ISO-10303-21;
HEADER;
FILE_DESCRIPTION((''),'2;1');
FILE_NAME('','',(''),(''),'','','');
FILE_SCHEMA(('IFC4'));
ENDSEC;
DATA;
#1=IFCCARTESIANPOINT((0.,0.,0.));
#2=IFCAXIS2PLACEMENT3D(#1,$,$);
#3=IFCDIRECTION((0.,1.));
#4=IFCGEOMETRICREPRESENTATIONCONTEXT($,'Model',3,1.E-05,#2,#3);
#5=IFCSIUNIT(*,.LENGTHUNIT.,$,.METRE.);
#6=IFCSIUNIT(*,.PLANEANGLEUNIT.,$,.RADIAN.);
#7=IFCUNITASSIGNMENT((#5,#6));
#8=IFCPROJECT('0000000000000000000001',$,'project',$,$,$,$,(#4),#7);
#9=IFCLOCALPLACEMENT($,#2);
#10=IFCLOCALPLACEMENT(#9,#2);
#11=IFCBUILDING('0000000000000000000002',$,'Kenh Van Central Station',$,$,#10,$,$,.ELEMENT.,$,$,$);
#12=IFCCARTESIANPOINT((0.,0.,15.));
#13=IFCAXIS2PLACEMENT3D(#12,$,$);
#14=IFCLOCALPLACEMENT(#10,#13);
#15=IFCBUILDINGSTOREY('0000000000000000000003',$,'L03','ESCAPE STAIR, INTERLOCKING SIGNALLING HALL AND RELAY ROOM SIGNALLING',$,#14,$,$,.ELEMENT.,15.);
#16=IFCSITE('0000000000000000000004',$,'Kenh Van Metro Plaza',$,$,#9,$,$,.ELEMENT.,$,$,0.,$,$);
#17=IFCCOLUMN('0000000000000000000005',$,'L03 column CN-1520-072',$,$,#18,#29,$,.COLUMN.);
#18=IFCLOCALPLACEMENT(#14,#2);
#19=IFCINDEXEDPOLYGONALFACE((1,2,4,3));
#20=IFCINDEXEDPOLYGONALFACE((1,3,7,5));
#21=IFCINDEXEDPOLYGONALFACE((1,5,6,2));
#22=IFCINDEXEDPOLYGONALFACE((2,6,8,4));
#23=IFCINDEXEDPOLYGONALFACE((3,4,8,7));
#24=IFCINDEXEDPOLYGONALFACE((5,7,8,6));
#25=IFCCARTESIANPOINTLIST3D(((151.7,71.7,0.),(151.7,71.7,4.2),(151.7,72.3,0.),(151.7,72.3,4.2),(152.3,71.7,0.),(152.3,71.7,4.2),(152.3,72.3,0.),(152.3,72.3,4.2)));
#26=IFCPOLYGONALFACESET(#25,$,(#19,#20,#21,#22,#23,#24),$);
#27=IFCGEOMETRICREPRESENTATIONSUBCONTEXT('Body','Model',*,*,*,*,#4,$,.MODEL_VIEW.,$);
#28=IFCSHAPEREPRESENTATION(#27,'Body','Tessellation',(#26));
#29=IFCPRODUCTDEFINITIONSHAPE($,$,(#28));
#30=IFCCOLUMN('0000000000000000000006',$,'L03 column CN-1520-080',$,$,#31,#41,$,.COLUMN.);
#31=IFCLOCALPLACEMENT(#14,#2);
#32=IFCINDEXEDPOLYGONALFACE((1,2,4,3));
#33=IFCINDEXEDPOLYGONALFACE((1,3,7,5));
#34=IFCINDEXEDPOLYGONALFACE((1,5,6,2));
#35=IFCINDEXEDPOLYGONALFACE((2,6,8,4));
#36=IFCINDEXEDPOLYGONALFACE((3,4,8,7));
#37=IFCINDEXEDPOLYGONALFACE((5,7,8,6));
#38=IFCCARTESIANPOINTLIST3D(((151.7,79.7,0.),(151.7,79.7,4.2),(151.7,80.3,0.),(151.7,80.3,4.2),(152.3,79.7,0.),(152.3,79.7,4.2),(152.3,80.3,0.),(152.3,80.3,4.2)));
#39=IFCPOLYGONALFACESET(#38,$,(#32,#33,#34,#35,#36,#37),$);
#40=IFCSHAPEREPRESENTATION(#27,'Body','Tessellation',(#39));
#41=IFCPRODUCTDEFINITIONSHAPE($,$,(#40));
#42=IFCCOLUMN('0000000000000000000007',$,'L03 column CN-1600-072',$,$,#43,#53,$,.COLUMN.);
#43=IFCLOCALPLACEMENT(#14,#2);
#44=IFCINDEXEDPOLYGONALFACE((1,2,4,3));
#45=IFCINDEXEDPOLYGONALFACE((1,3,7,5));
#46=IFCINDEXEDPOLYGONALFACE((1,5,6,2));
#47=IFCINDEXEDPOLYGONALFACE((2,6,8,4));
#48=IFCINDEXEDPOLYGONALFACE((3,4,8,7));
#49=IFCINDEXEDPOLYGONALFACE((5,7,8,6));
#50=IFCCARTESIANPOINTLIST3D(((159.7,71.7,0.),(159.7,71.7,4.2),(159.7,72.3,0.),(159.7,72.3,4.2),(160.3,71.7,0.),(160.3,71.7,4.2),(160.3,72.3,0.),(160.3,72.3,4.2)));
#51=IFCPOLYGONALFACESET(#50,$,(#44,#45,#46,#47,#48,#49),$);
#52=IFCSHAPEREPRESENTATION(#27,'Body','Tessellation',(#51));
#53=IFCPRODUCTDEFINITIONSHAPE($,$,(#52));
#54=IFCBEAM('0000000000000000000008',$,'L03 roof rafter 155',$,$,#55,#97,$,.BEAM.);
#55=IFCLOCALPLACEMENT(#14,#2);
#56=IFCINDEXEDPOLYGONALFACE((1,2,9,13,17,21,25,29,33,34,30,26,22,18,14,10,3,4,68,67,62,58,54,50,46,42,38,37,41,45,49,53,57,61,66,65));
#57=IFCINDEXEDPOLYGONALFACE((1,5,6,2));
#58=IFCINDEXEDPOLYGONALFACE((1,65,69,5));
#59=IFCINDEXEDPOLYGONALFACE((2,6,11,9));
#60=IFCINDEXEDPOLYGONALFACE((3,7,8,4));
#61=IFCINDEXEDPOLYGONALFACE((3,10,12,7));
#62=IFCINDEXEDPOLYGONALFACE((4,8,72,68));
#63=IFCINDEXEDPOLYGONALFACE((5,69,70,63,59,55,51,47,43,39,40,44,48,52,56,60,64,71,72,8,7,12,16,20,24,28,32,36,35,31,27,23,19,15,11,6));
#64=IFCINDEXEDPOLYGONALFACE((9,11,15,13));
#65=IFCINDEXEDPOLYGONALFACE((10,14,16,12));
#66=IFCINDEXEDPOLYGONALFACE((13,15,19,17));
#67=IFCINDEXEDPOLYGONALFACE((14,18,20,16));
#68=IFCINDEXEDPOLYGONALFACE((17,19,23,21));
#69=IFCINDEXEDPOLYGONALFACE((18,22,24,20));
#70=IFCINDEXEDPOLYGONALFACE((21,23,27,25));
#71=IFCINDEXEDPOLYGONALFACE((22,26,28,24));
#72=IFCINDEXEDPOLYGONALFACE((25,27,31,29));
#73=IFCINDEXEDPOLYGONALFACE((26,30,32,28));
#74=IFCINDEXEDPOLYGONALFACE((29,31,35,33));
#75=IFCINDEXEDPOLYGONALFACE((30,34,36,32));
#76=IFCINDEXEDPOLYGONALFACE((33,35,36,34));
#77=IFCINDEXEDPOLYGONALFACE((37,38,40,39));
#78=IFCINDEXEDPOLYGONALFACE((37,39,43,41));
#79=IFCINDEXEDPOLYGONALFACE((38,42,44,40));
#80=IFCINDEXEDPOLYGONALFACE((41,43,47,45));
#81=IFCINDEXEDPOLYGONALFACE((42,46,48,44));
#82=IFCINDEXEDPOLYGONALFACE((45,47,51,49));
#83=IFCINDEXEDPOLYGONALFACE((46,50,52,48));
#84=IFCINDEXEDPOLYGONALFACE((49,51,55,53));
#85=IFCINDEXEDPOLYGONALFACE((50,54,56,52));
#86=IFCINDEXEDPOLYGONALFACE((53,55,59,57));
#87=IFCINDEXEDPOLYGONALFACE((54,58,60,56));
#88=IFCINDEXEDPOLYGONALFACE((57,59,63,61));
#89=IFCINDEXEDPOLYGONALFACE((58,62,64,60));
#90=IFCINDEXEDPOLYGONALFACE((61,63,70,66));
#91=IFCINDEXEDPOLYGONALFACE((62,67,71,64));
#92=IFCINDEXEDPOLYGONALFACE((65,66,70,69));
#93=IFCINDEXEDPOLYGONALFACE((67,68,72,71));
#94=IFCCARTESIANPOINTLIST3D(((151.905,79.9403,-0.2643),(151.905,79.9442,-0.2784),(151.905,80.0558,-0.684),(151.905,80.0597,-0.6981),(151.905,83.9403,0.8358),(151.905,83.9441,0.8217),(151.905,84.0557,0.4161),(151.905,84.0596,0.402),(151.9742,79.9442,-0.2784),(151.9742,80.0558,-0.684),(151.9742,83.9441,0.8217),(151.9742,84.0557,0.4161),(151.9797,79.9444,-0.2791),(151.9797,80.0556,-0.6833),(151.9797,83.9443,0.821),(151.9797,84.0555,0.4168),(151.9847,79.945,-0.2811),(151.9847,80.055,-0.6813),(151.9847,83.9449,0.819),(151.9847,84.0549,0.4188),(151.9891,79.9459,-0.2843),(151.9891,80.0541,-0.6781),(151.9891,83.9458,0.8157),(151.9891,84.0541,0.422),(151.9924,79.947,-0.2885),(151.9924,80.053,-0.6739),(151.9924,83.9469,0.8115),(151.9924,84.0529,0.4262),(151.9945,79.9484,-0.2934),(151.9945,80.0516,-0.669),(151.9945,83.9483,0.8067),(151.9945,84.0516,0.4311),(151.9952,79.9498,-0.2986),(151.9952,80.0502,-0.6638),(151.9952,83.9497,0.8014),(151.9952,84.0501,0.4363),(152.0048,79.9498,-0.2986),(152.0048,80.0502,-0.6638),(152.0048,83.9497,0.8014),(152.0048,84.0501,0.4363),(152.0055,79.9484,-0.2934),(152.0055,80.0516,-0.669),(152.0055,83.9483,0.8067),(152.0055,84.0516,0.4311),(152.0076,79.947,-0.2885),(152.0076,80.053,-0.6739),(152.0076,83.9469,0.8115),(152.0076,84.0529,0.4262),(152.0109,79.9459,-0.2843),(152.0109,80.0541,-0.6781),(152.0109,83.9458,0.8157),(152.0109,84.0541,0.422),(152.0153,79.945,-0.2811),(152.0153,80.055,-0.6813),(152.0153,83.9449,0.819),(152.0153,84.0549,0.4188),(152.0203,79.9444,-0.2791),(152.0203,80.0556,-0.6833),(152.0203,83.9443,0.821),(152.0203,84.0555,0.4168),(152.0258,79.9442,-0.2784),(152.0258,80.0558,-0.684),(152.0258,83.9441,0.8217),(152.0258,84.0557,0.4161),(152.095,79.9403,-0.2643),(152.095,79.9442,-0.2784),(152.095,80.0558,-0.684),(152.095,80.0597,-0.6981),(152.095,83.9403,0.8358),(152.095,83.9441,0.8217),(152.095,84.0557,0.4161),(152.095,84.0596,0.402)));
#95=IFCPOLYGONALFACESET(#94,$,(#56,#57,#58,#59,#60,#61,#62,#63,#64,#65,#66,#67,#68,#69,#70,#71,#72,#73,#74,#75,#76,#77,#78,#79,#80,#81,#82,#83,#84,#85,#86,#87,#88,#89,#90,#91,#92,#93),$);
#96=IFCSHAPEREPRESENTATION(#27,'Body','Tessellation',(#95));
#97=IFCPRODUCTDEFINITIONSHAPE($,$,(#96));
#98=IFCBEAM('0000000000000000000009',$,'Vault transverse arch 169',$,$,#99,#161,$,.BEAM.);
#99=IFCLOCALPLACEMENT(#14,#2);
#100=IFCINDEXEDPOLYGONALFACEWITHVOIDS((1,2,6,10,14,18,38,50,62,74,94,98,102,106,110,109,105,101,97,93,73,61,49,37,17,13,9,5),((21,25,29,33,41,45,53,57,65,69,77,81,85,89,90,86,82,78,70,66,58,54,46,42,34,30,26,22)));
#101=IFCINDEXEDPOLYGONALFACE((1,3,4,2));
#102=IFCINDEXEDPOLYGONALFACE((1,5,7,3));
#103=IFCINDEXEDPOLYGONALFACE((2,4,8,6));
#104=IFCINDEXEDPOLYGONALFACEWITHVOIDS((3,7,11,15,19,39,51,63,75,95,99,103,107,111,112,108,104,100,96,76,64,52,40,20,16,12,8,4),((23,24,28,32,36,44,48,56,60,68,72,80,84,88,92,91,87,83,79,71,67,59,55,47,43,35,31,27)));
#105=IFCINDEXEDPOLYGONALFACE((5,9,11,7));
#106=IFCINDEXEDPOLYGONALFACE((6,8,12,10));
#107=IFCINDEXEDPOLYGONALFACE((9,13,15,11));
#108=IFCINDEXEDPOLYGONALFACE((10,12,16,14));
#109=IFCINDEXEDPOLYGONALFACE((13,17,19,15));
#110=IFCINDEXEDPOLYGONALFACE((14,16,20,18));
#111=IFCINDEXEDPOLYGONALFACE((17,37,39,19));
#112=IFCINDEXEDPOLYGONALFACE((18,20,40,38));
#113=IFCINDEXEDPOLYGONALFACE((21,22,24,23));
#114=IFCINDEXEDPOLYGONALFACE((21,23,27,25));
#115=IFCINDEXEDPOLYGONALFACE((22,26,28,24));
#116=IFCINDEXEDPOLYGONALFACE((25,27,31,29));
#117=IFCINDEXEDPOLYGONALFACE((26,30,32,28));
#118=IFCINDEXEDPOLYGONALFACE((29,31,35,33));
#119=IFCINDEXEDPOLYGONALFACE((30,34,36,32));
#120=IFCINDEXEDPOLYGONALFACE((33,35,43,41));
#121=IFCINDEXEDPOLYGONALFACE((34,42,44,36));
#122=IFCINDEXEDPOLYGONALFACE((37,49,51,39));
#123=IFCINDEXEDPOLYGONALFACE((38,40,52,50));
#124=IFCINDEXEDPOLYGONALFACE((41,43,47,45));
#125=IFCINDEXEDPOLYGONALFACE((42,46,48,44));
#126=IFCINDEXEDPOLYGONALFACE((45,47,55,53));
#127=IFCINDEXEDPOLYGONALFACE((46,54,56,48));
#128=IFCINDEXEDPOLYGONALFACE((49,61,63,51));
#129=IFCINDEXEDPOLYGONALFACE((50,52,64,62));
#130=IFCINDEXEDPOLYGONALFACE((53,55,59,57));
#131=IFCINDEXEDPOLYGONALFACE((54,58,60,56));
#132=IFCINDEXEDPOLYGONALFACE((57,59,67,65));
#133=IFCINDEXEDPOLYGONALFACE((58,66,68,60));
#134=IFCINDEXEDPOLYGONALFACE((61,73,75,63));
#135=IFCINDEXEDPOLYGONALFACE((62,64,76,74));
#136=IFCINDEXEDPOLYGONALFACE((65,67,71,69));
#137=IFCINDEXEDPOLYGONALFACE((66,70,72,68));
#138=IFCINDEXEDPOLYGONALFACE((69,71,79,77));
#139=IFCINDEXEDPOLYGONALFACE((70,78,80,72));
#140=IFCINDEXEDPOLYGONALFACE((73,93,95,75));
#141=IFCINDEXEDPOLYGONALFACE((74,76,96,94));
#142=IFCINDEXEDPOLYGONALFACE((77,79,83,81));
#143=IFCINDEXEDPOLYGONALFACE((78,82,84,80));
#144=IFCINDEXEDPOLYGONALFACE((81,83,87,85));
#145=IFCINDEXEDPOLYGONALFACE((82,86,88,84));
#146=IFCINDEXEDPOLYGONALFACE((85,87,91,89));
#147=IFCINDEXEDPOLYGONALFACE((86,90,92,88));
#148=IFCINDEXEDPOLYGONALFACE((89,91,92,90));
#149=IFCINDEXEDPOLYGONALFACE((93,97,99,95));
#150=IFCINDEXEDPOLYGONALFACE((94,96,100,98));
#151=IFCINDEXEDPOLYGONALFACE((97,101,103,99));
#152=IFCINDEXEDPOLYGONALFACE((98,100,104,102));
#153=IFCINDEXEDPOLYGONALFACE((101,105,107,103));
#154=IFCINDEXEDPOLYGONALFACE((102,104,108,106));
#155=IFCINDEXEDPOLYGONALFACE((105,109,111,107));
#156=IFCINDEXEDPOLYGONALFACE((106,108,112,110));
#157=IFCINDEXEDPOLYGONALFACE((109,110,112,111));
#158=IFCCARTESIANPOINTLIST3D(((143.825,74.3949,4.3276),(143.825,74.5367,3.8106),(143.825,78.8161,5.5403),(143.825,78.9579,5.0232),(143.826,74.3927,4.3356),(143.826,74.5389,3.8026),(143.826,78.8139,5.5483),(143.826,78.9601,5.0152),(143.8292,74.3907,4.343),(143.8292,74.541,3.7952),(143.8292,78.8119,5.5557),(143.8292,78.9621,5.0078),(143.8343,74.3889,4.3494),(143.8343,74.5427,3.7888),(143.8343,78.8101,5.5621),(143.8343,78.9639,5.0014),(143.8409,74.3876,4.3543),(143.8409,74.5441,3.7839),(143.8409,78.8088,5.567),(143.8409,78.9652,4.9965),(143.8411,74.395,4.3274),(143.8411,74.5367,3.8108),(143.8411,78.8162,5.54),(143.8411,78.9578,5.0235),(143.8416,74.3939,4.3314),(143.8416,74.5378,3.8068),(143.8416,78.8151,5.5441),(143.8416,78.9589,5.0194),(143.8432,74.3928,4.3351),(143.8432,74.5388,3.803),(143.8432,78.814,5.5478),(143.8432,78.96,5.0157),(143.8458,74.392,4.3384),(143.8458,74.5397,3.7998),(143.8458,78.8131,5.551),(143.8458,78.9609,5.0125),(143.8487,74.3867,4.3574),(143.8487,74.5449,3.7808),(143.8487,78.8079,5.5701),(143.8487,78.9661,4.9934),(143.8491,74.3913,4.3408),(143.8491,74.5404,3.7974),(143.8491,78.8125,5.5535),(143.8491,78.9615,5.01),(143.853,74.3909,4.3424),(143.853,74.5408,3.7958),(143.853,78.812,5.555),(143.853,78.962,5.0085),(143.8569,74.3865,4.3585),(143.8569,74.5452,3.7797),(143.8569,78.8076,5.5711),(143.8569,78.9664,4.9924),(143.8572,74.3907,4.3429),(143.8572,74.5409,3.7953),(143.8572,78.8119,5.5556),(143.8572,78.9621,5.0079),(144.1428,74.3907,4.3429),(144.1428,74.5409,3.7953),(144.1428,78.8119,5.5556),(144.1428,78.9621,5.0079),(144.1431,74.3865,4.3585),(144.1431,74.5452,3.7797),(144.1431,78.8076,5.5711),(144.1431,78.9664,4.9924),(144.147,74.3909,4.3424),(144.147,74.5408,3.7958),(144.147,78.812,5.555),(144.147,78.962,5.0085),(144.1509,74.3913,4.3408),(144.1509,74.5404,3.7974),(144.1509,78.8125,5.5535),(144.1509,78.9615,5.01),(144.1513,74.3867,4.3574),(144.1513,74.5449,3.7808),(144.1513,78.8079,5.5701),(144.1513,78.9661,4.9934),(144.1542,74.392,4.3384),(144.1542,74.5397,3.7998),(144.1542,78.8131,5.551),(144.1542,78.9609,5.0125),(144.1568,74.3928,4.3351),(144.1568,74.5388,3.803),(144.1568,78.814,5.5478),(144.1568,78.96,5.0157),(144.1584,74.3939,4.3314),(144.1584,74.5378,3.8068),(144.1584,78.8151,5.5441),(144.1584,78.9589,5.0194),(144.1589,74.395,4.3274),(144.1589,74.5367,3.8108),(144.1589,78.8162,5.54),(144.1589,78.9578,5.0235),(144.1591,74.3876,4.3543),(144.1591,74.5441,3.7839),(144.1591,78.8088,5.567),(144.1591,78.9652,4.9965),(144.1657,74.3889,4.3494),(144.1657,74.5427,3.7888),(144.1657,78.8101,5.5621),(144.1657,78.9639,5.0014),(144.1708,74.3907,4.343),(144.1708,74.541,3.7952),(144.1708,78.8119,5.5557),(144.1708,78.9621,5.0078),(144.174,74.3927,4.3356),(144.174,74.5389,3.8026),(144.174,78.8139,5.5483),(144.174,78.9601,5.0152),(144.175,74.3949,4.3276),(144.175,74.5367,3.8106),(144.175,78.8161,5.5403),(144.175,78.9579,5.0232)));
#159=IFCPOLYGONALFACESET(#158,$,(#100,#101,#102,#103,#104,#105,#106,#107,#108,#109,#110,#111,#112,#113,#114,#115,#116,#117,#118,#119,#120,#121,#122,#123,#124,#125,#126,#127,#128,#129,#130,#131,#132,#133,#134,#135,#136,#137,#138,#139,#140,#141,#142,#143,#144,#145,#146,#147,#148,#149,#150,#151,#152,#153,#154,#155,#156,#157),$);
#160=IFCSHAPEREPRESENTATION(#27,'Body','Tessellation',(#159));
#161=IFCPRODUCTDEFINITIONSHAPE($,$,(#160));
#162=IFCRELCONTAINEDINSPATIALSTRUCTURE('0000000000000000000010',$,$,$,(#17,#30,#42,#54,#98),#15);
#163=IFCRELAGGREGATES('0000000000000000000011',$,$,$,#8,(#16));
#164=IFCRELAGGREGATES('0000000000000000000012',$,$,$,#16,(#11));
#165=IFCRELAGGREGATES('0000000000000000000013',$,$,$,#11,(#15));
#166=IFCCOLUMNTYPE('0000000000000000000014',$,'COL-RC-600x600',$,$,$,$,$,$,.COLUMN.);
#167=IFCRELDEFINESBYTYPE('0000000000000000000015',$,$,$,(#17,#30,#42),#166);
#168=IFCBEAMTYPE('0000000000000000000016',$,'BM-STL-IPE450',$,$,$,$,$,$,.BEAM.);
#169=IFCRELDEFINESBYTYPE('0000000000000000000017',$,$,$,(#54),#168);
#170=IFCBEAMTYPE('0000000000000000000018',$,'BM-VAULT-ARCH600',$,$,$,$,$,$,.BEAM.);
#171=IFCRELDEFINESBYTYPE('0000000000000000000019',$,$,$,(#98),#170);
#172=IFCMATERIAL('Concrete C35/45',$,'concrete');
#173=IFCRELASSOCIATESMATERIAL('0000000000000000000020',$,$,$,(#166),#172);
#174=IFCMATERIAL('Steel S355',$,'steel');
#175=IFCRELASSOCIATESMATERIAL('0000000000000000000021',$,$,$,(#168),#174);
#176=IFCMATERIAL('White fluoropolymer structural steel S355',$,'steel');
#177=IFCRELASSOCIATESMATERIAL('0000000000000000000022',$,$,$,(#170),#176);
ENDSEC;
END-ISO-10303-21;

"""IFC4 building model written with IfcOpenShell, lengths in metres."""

from ifc_helpers import new_model, si_unit, direction, frame, origin, origin_2d, place, context, subcontext, project, spatial, rectangle, hollow_rectangle, i_section, extrude, material, material_profile, profile_set, type_object, element, save


model = new_model("IFC4")

# Units and contexts
model_context = context("Model", 3, precision=1e-05, world=origin(), true_north=direction((0.0, 1.0)))
body_context = subcontext(model_context, "Body", "Model", "MODEL_VIEW")
ifc_project = project(units=[si_unit("LENGTHUNIT", "METRE"), si_unit("PLANEANGLEUNIT", "RADIAN")], contexts=[model_context])

# Site, building, storey
site_placement = place(None, origin())
site = spatial("IfcSite", under=ifc_project, at=site_placement, Name="Kenh Van Metro Plaza", CompositionType="ELEMENT", RefElevation=0.0)
building_placement = place(site_placement, origin())
building = spatial("IfcBuilding", under=site, at=building_placement, Name="Kenh Van Central Station", CompositionType="ELEMENT")
storey_placement = place(building_placement, frame((0.0, 0.0, 15.0)))
storey = spatial("IfcBuildingStorey", under=building, at=storey_placement, Name="L03", Description="ESCAPE STAIR, INTERLOCKING SIGNALLING HALL AND RELAY ROOM SIGNALLING", CompositionType="ELEMENT", Elevation=15.0)

# Columns
ifc_material_1 = material(Name="Concrete C35/45", Category="concrete")
ifc_material_profile_1 = material_profile(ifc_material_1, rectangle(XDim=0.6001, YDim=0.6001, at=origin_2d()), Name="RC 600x600")
ifc_profile_set_1 = profile_set([ifc_material_profile_1], Name="Concrete C35/45")
column_type = type_object("IfcColumnType", Name="COL-RC-600x600", PredefinedType="COLUMN", material=ifc_profile_set_1)
for number, where, z_axis, x_axis, name in (
    (1, (152.0, 72.0, 0.0), (0.0, 0.0, 1.0), (1.0, 0.0, 0.0), "L03 column CN-1520-072"),
    (2, (152.0, 80.0, 0.0), (0.0, 0.0, 1.0), (1.0, 0.0, 0.0), "L03 column CN-1520-080"),
    (3, (160.0, 72.0, 0.0), (0.0, 0.0, 1.0), (1.0, 0.0, 0.0), "L03 column CN-1600-072"),
):
    element("IfcColumn", number, at=place(storey_placement, frame(where, z_axis=z_axis, x_axis=x_axis)), inside=storey, type_object=column_type, Name=name, PredefinedType="COLUMN", context=body_context, shape_type="SweptSolid", body=[
        extrude(rectangle(XDim=0.6001, YDim=0.6001, at=origin_2d()), origin(), (0.0, 0.0, 1.0), 4.2),
    ])

# Beams
ifc_material_2 = material(Name="Steel S355", Category="steel")
ifc_material_profile_2 = material_profile(ifc_material_2, i_section(OverallWidth=0.1899, OverallDepth=0.45, WebThickness=0.0095, FlangeThickness=0.0146, FilletRadius=0.021, at=origin_2d()), Name="IPE 450")
ifc_profile_set_2 = profile_set([ifc_material_profile_2], Name="Steel S355")
beam_type_1 = type_object("IfcBeamType", Name="BM-STL-IPE450", PredefinedType="BEAM", material=ifc_profile_set_2)
beam_1_placement = place(storey_placement, frame((152.0, 80.0, -0.4812), z_axis=(0.0, 0.964199, 0.265178), x_axis=(-1.0, 0.0, 0.0)))
element("IfcBeam", 4, at=beam_1_placement, inside=storey, type_object=beam_type_1, Name="L03 roof rafter 155", PredefinedType="BEAM", context=body_context, shape_type="SweptSolid", body=[
    extrude(i_section(OverallWidth=0.1899, OverallDepth=0.45, WebThickness=0.0095, FlangeThickness=0.0146, FilletRadius=0.021, at=origin_2d()), origin(), (0.0, 0.0, 1.0), 4.1484),
])
ifc_material_3 = material(Name="White fluoropolymer structural steel S355", Category="steel")
ifc_material_profile_3 = material_profile(ifc_material_3, hollow_rectangle(XDim=0.3501, YDim=0.6001, WallThickness=0.0161, InnerFilletRadius=0.0161, OuterFilletRadius=0.032, at=origin_2d()), Name="RHS 600x350x16")
ifc_profile_set_3 = profile_set([ifc_material_profile_3], Name="White fluoropolymer structural steel S355")
beam_type_2 = type_object("IfcBeamType", Name="BM-VAULT-ARCH600", PredefinedType="BEAM", material=ifc_profile_set_3)
beam_2_placement = place(storey_placement, frame((144.0, 74.4658, 4.0691), z_axis=(0.0, 0.964382, 0.264514), x_axis=(-1.0, 0.0, 0.0)))
element("IfcBeam", 5, at=beam_2_placement, inside=storey, type_object=beam_type_2, Name="Vault transverse arch 169", PredefinedType="BEAM", context=body_context, shape_type="SweptSolid", body=[
    extrude(hollow_rectangle(XDim=0.3501, YDim=0.6001, WallThickness=0.0161, InnerFilletRadius=0.0161, OuterFilletRadius=0.032, at=origin_2d()), origin(), (0.0, 0.0, 1.0), 4.5845),
])

save(model, "model.ifc")
